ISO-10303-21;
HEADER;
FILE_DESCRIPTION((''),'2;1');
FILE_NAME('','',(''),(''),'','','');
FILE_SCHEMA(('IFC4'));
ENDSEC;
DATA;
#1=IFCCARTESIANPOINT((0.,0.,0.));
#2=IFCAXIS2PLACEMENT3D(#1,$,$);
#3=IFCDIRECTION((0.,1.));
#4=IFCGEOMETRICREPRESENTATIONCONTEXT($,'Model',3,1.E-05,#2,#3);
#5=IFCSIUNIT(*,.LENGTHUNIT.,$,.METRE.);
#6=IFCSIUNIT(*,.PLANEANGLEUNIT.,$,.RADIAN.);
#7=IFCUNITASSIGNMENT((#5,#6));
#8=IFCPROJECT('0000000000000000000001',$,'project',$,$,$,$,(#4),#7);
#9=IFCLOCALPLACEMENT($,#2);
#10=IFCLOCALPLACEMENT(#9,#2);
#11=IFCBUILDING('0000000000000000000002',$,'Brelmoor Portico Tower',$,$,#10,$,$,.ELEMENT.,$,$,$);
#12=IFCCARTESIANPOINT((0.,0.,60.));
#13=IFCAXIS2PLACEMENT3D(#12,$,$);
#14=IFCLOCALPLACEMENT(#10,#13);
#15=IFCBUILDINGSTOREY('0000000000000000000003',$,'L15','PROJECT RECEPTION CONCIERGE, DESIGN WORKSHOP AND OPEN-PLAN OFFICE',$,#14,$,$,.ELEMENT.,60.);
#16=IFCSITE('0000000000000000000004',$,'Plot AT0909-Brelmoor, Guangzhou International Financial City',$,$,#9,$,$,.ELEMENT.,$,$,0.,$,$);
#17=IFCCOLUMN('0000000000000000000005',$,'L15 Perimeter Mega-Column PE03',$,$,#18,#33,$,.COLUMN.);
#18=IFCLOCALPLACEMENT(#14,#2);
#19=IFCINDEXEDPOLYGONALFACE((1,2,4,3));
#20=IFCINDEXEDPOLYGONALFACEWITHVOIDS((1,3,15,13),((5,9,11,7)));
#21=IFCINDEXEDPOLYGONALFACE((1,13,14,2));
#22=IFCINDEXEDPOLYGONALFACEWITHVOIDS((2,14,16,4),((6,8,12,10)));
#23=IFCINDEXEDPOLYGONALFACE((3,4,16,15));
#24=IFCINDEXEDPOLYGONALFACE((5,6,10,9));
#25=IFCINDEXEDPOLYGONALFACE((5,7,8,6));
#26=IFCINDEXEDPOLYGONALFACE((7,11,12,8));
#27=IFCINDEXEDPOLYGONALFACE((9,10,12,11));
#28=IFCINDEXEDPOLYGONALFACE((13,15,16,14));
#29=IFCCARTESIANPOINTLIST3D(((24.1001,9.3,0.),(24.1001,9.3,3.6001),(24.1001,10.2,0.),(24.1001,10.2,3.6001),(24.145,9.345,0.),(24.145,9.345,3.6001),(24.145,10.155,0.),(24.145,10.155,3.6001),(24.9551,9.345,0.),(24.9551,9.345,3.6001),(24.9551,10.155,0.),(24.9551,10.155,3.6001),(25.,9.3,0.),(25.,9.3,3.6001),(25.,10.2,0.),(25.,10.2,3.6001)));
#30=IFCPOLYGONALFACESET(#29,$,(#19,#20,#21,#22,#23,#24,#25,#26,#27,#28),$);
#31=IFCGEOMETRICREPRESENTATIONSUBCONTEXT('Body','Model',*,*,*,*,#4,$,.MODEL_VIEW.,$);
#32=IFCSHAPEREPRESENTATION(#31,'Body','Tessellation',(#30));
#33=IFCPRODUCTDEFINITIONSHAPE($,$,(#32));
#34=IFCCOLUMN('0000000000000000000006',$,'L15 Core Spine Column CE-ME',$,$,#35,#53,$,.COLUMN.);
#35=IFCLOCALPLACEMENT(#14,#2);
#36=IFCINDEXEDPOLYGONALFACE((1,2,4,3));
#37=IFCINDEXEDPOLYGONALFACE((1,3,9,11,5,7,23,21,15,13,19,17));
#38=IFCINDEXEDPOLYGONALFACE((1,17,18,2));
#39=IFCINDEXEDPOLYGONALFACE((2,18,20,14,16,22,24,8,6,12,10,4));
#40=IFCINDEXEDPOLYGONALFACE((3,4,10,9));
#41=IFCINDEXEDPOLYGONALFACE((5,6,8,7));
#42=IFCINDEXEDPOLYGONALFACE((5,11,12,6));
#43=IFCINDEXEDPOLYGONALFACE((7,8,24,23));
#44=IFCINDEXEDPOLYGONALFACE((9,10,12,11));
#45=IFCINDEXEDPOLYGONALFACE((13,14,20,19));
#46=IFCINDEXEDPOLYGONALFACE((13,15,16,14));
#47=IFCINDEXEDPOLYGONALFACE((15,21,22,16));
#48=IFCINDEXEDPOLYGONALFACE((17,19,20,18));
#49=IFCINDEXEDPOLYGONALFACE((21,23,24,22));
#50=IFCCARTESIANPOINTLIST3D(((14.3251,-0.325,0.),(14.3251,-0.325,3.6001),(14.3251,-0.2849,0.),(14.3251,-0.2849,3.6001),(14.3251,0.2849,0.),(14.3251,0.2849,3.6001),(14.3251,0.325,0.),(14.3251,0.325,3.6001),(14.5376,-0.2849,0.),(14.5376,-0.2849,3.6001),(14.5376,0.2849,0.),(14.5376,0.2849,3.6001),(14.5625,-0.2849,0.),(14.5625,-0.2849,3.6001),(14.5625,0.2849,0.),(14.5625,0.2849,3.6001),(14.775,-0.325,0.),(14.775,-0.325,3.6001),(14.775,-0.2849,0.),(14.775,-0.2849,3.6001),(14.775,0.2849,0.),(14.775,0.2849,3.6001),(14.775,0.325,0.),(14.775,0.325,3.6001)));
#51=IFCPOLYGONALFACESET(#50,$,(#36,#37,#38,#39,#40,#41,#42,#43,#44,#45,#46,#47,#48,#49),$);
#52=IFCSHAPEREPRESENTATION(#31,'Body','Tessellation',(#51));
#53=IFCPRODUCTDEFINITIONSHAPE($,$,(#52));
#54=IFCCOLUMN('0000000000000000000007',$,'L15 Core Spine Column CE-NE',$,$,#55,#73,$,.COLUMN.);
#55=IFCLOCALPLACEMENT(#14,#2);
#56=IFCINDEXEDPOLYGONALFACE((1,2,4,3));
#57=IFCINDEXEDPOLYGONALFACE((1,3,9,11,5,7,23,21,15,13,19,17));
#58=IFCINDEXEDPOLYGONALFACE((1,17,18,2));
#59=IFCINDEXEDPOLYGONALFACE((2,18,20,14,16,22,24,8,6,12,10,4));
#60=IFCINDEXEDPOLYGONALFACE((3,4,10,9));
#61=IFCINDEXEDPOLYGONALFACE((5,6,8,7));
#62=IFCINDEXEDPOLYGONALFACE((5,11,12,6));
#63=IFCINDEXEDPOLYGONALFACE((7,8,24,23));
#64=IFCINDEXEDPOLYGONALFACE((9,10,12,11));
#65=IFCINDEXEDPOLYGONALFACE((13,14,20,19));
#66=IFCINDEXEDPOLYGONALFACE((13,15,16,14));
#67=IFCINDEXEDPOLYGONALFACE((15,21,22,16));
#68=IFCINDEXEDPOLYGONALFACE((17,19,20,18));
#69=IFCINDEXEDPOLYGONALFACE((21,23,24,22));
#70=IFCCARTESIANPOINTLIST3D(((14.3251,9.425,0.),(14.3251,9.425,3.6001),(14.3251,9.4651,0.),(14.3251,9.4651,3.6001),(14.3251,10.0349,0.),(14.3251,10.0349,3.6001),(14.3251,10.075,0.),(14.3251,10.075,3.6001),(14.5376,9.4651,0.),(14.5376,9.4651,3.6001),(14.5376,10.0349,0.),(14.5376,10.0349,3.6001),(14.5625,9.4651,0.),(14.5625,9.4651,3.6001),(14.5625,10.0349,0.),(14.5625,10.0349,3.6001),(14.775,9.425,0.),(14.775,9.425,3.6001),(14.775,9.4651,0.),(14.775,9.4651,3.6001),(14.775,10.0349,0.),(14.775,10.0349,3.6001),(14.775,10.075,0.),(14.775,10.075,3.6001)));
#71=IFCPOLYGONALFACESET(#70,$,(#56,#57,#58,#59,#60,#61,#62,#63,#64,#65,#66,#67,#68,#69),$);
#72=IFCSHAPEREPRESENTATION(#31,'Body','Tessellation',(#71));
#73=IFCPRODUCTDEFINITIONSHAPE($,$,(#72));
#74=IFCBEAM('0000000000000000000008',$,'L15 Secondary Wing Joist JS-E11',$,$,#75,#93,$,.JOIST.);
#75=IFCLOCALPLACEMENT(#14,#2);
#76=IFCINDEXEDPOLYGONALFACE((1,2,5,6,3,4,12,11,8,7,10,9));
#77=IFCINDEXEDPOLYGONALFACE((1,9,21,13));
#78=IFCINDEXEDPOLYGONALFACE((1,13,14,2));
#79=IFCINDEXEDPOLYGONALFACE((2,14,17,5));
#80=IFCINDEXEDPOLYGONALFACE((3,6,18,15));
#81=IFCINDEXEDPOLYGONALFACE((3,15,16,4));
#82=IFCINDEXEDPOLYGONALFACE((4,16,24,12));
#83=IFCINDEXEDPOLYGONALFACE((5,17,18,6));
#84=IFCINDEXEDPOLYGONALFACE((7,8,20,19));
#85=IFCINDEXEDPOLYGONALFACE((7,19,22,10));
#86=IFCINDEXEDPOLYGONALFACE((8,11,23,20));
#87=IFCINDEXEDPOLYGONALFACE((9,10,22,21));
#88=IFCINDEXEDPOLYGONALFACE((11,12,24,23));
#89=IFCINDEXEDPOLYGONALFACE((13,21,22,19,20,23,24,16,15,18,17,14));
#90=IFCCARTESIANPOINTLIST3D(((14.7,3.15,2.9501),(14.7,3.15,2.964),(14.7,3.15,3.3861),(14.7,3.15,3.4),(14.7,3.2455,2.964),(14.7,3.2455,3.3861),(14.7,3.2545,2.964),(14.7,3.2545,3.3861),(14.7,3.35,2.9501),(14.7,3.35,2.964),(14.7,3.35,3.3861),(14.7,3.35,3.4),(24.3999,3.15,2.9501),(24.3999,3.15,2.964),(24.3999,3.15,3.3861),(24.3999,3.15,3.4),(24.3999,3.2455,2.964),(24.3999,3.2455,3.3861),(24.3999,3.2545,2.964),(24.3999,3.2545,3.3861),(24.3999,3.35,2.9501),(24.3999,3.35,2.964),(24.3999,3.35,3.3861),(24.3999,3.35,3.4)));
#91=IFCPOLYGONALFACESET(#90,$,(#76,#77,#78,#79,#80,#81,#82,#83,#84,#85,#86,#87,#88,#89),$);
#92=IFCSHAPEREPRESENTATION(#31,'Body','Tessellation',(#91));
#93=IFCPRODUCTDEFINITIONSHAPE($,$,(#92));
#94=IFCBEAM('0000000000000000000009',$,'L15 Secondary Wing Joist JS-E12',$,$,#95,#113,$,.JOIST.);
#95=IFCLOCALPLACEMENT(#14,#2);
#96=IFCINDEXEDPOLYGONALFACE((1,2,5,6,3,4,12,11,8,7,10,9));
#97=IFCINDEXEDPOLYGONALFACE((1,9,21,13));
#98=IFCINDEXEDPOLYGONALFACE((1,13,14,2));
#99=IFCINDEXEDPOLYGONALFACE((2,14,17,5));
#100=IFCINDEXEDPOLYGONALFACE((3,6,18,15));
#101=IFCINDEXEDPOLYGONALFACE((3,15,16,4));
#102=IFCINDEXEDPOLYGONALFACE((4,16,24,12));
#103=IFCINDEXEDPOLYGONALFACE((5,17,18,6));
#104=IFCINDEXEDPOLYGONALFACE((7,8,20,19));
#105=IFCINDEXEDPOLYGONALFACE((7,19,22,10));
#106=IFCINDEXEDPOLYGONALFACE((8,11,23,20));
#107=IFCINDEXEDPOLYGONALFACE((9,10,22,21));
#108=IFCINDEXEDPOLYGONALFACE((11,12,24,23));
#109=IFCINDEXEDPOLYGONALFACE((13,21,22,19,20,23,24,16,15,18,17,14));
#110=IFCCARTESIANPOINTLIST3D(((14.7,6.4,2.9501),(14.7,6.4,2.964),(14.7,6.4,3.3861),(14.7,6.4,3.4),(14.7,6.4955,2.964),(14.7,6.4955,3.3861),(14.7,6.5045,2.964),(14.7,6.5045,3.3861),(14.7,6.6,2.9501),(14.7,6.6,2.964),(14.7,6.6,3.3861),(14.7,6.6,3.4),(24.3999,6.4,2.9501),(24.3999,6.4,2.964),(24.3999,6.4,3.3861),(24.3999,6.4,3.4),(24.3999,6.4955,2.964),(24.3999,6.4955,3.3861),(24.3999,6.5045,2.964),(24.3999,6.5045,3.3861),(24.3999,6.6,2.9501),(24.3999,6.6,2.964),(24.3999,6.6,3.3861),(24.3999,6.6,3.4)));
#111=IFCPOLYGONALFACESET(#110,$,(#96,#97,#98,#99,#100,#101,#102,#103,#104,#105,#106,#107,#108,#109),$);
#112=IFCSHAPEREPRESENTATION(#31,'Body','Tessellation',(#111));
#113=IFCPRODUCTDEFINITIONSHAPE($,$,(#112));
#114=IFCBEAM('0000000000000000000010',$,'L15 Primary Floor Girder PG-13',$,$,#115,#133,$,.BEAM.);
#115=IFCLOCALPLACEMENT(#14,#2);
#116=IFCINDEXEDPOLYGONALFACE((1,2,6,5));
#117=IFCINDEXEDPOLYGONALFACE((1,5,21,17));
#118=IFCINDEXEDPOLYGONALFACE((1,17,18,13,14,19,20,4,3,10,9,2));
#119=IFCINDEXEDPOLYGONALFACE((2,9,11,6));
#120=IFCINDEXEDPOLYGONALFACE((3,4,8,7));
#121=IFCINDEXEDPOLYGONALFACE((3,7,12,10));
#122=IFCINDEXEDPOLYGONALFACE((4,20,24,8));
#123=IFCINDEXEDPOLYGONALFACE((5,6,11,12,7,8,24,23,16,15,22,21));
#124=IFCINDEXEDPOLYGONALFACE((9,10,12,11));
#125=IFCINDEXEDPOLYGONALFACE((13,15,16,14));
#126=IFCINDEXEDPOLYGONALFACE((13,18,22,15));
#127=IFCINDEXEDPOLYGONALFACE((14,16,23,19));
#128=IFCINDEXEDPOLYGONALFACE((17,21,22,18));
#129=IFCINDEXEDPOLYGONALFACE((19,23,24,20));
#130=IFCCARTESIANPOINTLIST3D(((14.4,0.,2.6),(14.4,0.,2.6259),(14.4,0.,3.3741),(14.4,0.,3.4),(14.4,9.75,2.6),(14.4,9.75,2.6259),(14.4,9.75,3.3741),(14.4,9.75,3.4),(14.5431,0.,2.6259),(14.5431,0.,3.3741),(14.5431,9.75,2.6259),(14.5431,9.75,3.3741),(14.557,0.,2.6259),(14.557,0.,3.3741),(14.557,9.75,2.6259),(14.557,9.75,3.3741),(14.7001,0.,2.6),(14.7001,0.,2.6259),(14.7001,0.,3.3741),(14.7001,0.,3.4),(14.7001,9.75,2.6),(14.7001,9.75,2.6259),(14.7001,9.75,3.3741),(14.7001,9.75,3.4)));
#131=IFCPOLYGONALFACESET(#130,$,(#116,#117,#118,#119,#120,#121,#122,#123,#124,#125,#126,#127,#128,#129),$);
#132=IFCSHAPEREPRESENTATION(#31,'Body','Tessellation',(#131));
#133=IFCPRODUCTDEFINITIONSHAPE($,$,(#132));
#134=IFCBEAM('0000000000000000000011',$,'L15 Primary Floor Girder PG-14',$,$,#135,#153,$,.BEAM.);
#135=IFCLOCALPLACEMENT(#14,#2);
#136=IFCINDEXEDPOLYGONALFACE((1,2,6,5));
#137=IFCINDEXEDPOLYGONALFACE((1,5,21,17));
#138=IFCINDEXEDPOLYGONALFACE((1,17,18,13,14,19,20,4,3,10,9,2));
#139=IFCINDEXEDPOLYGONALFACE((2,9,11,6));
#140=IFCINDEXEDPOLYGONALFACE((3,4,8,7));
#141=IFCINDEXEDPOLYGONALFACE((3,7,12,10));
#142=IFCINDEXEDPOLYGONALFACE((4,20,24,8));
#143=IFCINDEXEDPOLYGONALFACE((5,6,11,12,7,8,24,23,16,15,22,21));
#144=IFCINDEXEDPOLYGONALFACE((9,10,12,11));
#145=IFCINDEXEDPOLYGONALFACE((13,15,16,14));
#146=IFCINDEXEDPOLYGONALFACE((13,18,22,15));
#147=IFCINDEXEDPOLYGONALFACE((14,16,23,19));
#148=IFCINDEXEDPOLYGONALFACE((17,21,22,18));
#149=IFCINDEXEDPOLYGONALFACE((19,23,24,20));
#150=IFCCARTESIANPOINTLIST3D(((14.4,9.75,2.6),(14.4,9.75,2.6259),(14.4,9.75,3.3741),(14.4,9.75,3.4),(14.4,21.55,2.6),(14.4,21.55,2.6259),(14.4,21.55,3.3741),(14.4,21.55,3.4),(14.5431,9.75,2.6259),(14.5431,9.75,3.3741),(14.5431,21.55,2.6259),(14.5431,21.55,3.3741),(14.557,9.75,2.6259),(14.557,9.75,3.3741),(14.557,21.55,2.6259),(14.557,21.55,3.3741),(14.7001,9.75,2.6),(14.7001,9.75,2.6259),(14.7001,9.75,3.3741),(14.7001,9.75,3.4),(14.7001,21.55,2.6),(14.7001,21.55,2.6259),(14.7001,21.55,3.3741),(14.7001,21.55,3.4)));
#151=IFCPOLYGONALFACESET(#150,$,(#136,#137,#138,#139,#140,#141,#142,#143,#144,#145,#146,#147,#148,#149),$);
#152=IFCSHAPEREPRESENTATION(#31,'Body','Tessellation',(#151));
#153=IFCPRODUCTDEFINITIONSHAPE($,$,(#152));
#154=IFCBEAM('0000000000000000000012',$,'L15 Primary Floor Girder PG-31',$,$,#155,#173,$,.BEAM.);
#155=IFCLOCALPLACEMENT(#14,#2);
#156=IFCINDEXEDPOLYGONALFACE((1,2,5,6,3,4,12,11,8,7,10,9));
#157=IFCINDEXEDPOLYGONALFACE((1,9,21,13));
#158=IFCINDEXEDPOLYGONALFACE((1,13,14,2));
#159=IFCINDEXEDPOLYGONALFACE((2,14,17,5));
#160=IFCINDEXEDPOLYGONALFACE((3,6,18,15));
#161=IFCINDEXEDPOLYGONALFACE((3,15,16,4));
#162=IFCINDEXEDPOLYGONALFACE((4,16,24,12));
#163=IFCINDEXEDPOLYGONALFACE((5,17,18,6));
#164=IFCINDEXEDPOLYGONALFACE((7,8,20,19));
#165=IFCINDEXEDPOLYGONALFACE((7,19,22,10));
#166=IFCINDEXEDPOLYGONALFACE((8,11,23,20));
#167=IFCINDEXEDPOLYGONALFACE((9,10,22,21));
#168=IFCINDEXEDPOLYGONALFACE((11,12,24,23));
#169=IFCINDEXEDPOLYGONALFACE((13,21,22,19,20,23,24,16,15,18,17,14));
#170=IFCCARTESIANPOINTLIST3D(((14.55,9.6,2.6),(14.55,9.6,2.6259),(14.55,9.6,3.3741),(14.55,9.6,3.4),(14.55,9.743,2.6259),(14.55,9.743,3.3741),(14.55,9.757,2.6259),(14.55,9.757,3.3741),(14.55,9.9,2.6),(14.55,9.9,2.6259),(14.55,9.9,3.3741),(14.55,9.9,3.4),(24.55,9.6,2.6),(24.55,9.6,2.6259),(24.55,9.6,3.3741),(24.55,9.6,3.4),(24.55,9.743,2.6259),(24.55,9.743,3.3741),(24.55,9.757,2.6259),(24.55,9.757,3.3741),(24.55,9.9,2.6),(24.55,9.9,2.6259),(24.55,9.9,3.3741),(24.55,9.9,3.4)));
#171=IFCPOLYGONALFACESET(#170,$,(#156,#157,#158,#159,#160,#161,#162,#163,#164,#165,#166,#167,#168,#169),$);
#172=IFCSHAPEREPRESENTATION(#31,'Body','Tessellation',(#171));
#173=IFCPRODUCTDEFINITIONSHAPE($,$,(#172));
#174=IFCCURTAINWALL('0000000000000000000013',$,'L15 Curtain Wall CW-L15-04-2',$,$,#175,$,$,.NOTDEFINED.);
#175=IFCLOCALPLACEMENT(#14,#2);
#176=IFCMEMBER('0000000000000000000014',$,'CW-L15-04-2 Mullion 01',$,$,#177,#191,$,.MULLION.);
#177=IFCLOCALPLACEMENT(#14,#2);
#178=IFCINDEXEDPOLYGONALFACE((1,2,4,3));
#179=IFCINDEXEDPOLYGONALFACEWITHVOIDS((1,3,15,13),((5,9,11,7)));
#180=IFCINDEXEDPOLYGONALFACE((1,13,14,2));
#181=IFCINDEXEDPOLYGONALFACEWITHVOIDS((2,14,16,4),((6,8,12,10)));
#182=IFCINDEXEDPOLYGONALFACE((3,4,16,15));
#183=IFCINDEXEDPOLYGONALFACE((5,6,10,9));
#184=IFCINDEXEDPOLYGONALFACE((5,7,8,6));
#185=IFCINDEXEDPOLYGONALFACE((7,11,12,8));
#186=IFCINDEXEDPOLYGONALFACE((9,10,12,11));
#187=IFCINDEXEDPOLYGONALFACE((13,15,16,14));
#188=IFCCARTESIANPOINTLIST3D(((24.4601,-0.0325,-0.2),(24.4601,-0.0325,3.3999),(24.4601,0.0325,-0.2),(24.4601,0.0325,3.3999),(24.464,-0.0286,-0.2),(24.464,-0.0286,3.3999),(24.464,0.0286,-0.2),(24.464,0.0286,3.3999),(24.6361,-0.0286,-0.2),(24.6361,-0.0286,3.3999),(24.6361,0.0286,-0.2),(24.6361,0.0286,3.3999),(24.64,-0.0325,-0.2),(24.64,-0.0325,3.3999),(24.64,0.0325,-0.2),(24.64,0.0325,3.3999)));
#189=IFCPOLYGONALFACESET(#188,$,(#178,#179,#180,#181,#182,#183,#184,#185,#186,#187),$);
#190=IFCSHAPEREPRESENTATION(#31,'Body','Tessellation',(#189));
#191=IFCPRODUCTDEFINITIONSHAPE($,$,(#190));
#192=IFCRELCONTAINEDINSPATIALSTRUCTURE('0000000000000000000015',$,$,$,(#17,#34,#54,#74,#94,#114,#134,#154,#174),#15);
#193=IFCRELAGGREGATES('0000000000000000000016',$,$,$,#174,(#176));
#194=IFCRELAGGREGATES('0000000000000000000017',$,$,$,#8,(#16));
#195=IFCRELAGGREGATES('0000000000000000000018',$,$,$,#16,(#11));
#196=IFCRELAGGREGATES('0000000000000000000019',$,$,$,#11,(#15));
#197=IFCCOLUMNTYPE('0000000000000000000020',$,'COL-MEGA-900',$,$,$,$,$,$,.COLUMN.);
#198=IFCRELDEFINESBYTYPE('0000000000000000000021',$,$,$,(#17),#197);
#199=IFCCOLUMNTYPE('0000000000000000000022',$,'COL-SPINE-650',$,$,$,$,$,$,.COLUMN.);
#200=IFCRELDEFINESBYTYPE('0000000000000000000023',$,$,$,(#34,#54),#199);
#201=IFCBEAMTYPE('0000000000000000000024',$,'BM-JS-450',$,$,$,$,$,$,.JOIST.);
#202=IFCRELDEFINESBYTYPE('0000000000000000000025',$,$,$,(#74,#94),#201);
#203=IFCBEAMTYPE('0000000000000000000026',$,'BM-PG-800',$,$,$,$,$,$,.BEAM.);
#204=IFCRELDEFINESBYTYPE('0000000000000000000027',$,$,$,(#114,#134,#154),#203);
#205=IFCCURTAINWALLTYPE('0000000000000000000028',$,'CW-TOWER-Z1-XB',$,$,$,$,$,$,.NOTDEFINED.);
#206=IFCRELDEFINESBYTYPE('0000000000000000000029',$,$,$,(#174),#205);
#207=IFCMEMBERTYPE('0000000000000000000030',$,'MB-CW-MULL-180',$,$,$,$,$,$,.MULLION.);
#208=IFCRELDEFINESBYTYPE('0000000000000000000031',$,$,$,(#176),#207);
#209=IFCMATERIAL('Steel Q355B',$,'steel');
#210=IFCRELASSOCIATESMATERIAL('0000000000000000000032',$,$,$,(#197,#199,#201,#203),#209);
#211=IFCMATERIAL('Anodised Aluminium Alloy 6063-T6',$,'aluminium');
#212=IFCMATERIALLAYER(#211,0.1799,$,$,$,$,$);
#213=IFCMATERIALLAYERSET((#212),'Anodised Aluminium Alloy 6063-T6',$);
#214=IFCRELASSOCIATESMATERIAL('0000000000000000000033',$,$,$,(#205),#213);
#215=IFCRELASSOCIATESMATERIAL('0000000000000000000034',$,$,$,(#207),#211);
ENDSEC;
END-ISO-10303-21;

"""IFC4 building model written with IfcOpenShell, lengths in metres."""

from ifc_helpers import new_model, si_unit, direction, frame, origin, origin_2d, place, context, subcontext, project, spatial, hollow_rectangle, i_section, extrude, material, layer, layer_set, material_profile, profile_set, type_object, element, aggregate, save


model = new_model("IFC4")

# Units and contexts
model_context = context("Model", 3, precision=1e-05, world=origin(), true_north=direction((0.0, 1.0)))
body_context = subcontext(model_context, "Body", "Model", "MODEL_VIEW")
ifc_project = project(units=[si_unit("LENGTHUNIT", "METRE"), si_unit("PLANEANGLEUNIT", "RADIAN")], contexts=[model_context])

# Site, building, storey
site_placement = place(None, origin())
site = spatial("IfcSite", under=ifc_project, at=site_placement, Name="Plot AT0909-Brelmoor, Guangzhou International Financial City", CompositionType="ELEMENT", RefElevation=0.0)
building_placement = place(site_placement, origin())
building = spatial("IfcBuilding", under=site, at=building_placement, Name="Brelmoor Portico Tower", CompositionType="ELEMENT")
storey_placement = place(building_placement, frame((0.0, 0.0, 60.0)))
storey = spatial("IfcBuildingStorey", under=building, at=storey_placement, Name="L15", Description="PROJECT RECEPTION CONCIERGE, DESIGN WORKSHOP AND OPEN-PLAN OFFICE", CompositionType="ELEMENT", Elevation=60.0)

# Columns
ifc_material_1 = material(Name="Steel Q355B", Category="steel")
ifc_material_profile_1 = material_profile(ifc_material_1, hollow_rectangle(XDim=0.8999, YDim=0.8999, WallThickness=0.0449, at=origin_2d()), Name="BOX 900x900x45")
ifc_profile_set_1 = profile_set([ifc_material_profile_1], Name="Steel Q355B")
column_type_1 = type_object("IfcColumnType", Name="COL-MEGA-900", PredefinedType="COLUMN", material=ifc_profile_set_1)
column_placement = place(storey_placement, frame((24.55, 9.75, 0.0), z_axis=(0.0, 0.0, 1.0), x_axis=(0.0, 1.0, 0.0)))
element("IfcColumn", 1, at=column_placement, inside=storey, type_object=column_type_1, Name="L15 Perimeter Mega-Column PE03", PredefinedType="COLUMN", context=body_context, shape_type="SweptSolid", body=[
    extrude(hollow_rectangle(XDim=0.8999, YDim=0.8999, WallThickness=0.0449, at=origin_2d()), origin(), (0.0, 0.0, 1.0), 3.6001),
])
ifc_material_profile_2 = material_profile(ifc_material_1, i_section(OverallWidth=0.45, OverallDepth=0.6499, WebThickness=0.0249, FlangeThickness=0.04, at=origin_2d()), Name="HW 650x450x25x40")
ifc_profile_set_2 = profile_set([ifc_material_profile_2], Name="Steel Q355B")
column_type_2 = type_object("IfcColumnType", Name="COL-SPINE-650", PredefinedType="COLUMN", material=ifc_profile_set_2)
for number, where, z_axis, x_axis, name in (
    (2, (14.55, 0.0, 0.0), (0.0, 0.0, 1.0), (1.0, 0.0, 0.0), "L15 Core Spine Column CE-ME"),
    (3, (14.55, 9.75, 0.0), (0.0, 0.0, 1.0), (1.0, 0.0, 0.0), "L15 Core Spine Column CE-NE"),
):
    element("IfcColumn", number, at=place(storey_placement, frame(where, z_axis=z_axis, x_axis=x_axis)), inside=storey, type_object=column_type_2, Name=name, PredefinedType="COLUMN", context=body_context, shape_type="SweptSolid", body=[
        extrude(i_section(OverallWidth=0.45, OverallDepth=0.6499, WebThickness=0.0249, FlangeThickness=0.04, at=origin_2d()), origin(), (0.0, 0.0, 1.0), 3.6001),
    ])

# Beams
ifc_material_profile_3 = material_profile(ifc_material_1, i_section(OverallWidth=0.2, OverallDepth=0.45, WebThickness=0.009, FlangeThickness=0.0139, at=origin_2d()), Name="HN 450x200x9x14")
ifc_profile_set_3 = profile_set([ifc_material_profile_3], Name="Steel Q355B")
beam_type_1 = type_object("IfcBeamType", Name="BM-JS-450", PredefinedType="JOIST", material=ifc_profile_set_3)
for number, where, z_axis, x_axis, name in (
    (4, (14.7, 3.25, 3.175), (1.0, 0.0, 0.0), (0.0, 1.0, 0.0), "L15 Secondary Wing Joist JS-E11"),
    (5, (14.7, 6.5, 3.175), (1.0, 0.0, 0.0), (0.0, 1.0, 0.0), "L15 Secondary Wing Joist JS-E12"),
):
    element("IfcBeam", number, at=place(storey_placement, frame(where, z_axis=z_axis, x_axis=x_axis)), inside=storey, type_object=beam_type_1, Name=name, PredefinedType="JOIST", context=body_context, shape_type="SweptSolid", body=[
        extrude(i_section(OverallWidth=0.2, OverallDepth=0.45, WebThickness=0.009, FlangeThickness=0.0139, at=origin_2d()), origin(), (0.0, 0.0, 1.0), 9.7),
    ])
ifc_material_profile_4 = material_profile(ifc_material_1, i_section(OverallWidth=0.3, OverallDepth=0.8, WebThickness=0.0139, FlangeThickness=0.0259, at=origin_2d()), Name="HN 800x300x14x26")
ifc_profile_set_4 = profile_set([ifc_material_profile_4], Name="Steel Q355B")
beam_type_2 = type_object("IfcBeamType", Name="BM-PG-800", PredefinedType="BEAM", material=ifc_profile_set_4)
beam_1_placement = place(storey_placement, frame((14.55, 0.0, 3.0), z_axis=(0.0, 1.0, 0.0), x_axis=(-1.0, 0.0, 0.0)))
element("IfcBeam", 6, at=beam_1_placement, inside=storey, type_object=beam_type_2, Name="L15 Primary Floor Girder PG-13", PredefinedType="BEAM", context=body_context, shape_type="SweptSolid", body=[
    extrude(i_section(OverallWidth=0.3, OverallDepth=0.8, WebThickness=0.0139, FlangeThickness=0.0259, at=origin_2d()), origin(), (0.0, 0.0, 1.0), 9.75),
])
beam_2_placement = place(storey_placement, frame((14.55, 9.75, 3.0), z_axis=(0.0, 1.0, 0.0), x_axis=(-1.0, 0.0, 0.0)))
element("IfcBeam", 7, at=beam_2_placement, inside=storey, type_object=beam_type_2, Name="L15 Primary Floor Girder PG-14", PredefinedType="BEAM", context=body_context, shape_type="SweptSolid", body=[
    extrude(i_section(OverallWidth=0.3, OverallDepth=0.8, WebThickness=0.0139, FlangeThickness=0.0259, at=origin_2d()), origin(), (0.0, 0.0, 1.0), 11.8),
])
beam_3_placement = place(storey_placement, frame((14.55, 9.75, 3.0), z_axis=(1.0, 0.0, 0.0), x_axis=(0.0, 1.0, 0.0)))
element("IfcBeam", 8, at=beam_3_placement, inside=storey, type_object=beam_type_2, Name="L15 Primary Floor Girder PG-31", PredefinedType="BEAM", context=body_context, shape_type="SweptSolid", body=[
    extrude(i_section(OverallWidth=0.3, OverallDepth=0.8, WebThickness=0.0139, FlangeThickness=0.0259, at=origin_2d()), origin(), (0.0, 0.0, 1.0), 10.0),
])

# Curtain wall, member
ifc_material_2 = material(Name="Anodised Aluminium Alloy 6063-T6", Category="aluminium")
ifc_layer_1 = layer(ifc_material_2, 0.1799)
ifc_layer_set_1 = layer_set([ifc_layer_1], Name="Anodised Aluminium Alloy 6063-T6")
curtain_wall_type = type_object("IfcCurtainWallType", Name="CW-TOWER-Z1-XB", PredefinedType="NOTDEFINED", material=ifc_layer_set_1)
curtain_wall_placement = place(storey_placement, origin())
curtain_wall = element("IfcCurtainWall", 9, at=curtain_wall_placement, inside=storey, type_object=curtain_wall_type, Name="L15 Curtain Wall CW-L15-04-2", PredefinedType="NOTDEFINED")
ifc_material_profile_5 = material_profile(ifc_material_2, hollow_rectangle(XDim=0.0649, YDim=0.1799, WallThickness=0.0039, at=origin_2d()), Name="ALU MULLION 65x180")
ifc_profile_set_5 = profile_set([ifc_material_profile_5], Name="Anodised Aluminium Alloy 6063-T6")
member_type_1 = type_object("IfcMemberType", Name="MB-CW-MULL-180", PredefinedType="MULLION", material=ifc_profile_set_5)
member_1_placement = place(storey_placement, frame((24.55, 0.0, -0.2), z_axis=(0.0, 0.0, 1.0), x_axis=(0.0, 1.0, 0.0)))
member_1 = element("IfcMember", 10, at=member_1_placement, type_object=member_type_1, Name="CW-L15-04-2 Mullion 01", PredefinedType="MULLION", context=body_context, shape_type="SweptSolid", body=[
    extrude(hollow_rectangle(XDim=0.0649, YDim=0.1799, WallThickness=0.0039, at=origin_2d()), origin(), (0.0, 0.0, 1.0), 3.5999),
])
aggregate(curtain_wall, [member_1])

save(model, "model.ifc")
